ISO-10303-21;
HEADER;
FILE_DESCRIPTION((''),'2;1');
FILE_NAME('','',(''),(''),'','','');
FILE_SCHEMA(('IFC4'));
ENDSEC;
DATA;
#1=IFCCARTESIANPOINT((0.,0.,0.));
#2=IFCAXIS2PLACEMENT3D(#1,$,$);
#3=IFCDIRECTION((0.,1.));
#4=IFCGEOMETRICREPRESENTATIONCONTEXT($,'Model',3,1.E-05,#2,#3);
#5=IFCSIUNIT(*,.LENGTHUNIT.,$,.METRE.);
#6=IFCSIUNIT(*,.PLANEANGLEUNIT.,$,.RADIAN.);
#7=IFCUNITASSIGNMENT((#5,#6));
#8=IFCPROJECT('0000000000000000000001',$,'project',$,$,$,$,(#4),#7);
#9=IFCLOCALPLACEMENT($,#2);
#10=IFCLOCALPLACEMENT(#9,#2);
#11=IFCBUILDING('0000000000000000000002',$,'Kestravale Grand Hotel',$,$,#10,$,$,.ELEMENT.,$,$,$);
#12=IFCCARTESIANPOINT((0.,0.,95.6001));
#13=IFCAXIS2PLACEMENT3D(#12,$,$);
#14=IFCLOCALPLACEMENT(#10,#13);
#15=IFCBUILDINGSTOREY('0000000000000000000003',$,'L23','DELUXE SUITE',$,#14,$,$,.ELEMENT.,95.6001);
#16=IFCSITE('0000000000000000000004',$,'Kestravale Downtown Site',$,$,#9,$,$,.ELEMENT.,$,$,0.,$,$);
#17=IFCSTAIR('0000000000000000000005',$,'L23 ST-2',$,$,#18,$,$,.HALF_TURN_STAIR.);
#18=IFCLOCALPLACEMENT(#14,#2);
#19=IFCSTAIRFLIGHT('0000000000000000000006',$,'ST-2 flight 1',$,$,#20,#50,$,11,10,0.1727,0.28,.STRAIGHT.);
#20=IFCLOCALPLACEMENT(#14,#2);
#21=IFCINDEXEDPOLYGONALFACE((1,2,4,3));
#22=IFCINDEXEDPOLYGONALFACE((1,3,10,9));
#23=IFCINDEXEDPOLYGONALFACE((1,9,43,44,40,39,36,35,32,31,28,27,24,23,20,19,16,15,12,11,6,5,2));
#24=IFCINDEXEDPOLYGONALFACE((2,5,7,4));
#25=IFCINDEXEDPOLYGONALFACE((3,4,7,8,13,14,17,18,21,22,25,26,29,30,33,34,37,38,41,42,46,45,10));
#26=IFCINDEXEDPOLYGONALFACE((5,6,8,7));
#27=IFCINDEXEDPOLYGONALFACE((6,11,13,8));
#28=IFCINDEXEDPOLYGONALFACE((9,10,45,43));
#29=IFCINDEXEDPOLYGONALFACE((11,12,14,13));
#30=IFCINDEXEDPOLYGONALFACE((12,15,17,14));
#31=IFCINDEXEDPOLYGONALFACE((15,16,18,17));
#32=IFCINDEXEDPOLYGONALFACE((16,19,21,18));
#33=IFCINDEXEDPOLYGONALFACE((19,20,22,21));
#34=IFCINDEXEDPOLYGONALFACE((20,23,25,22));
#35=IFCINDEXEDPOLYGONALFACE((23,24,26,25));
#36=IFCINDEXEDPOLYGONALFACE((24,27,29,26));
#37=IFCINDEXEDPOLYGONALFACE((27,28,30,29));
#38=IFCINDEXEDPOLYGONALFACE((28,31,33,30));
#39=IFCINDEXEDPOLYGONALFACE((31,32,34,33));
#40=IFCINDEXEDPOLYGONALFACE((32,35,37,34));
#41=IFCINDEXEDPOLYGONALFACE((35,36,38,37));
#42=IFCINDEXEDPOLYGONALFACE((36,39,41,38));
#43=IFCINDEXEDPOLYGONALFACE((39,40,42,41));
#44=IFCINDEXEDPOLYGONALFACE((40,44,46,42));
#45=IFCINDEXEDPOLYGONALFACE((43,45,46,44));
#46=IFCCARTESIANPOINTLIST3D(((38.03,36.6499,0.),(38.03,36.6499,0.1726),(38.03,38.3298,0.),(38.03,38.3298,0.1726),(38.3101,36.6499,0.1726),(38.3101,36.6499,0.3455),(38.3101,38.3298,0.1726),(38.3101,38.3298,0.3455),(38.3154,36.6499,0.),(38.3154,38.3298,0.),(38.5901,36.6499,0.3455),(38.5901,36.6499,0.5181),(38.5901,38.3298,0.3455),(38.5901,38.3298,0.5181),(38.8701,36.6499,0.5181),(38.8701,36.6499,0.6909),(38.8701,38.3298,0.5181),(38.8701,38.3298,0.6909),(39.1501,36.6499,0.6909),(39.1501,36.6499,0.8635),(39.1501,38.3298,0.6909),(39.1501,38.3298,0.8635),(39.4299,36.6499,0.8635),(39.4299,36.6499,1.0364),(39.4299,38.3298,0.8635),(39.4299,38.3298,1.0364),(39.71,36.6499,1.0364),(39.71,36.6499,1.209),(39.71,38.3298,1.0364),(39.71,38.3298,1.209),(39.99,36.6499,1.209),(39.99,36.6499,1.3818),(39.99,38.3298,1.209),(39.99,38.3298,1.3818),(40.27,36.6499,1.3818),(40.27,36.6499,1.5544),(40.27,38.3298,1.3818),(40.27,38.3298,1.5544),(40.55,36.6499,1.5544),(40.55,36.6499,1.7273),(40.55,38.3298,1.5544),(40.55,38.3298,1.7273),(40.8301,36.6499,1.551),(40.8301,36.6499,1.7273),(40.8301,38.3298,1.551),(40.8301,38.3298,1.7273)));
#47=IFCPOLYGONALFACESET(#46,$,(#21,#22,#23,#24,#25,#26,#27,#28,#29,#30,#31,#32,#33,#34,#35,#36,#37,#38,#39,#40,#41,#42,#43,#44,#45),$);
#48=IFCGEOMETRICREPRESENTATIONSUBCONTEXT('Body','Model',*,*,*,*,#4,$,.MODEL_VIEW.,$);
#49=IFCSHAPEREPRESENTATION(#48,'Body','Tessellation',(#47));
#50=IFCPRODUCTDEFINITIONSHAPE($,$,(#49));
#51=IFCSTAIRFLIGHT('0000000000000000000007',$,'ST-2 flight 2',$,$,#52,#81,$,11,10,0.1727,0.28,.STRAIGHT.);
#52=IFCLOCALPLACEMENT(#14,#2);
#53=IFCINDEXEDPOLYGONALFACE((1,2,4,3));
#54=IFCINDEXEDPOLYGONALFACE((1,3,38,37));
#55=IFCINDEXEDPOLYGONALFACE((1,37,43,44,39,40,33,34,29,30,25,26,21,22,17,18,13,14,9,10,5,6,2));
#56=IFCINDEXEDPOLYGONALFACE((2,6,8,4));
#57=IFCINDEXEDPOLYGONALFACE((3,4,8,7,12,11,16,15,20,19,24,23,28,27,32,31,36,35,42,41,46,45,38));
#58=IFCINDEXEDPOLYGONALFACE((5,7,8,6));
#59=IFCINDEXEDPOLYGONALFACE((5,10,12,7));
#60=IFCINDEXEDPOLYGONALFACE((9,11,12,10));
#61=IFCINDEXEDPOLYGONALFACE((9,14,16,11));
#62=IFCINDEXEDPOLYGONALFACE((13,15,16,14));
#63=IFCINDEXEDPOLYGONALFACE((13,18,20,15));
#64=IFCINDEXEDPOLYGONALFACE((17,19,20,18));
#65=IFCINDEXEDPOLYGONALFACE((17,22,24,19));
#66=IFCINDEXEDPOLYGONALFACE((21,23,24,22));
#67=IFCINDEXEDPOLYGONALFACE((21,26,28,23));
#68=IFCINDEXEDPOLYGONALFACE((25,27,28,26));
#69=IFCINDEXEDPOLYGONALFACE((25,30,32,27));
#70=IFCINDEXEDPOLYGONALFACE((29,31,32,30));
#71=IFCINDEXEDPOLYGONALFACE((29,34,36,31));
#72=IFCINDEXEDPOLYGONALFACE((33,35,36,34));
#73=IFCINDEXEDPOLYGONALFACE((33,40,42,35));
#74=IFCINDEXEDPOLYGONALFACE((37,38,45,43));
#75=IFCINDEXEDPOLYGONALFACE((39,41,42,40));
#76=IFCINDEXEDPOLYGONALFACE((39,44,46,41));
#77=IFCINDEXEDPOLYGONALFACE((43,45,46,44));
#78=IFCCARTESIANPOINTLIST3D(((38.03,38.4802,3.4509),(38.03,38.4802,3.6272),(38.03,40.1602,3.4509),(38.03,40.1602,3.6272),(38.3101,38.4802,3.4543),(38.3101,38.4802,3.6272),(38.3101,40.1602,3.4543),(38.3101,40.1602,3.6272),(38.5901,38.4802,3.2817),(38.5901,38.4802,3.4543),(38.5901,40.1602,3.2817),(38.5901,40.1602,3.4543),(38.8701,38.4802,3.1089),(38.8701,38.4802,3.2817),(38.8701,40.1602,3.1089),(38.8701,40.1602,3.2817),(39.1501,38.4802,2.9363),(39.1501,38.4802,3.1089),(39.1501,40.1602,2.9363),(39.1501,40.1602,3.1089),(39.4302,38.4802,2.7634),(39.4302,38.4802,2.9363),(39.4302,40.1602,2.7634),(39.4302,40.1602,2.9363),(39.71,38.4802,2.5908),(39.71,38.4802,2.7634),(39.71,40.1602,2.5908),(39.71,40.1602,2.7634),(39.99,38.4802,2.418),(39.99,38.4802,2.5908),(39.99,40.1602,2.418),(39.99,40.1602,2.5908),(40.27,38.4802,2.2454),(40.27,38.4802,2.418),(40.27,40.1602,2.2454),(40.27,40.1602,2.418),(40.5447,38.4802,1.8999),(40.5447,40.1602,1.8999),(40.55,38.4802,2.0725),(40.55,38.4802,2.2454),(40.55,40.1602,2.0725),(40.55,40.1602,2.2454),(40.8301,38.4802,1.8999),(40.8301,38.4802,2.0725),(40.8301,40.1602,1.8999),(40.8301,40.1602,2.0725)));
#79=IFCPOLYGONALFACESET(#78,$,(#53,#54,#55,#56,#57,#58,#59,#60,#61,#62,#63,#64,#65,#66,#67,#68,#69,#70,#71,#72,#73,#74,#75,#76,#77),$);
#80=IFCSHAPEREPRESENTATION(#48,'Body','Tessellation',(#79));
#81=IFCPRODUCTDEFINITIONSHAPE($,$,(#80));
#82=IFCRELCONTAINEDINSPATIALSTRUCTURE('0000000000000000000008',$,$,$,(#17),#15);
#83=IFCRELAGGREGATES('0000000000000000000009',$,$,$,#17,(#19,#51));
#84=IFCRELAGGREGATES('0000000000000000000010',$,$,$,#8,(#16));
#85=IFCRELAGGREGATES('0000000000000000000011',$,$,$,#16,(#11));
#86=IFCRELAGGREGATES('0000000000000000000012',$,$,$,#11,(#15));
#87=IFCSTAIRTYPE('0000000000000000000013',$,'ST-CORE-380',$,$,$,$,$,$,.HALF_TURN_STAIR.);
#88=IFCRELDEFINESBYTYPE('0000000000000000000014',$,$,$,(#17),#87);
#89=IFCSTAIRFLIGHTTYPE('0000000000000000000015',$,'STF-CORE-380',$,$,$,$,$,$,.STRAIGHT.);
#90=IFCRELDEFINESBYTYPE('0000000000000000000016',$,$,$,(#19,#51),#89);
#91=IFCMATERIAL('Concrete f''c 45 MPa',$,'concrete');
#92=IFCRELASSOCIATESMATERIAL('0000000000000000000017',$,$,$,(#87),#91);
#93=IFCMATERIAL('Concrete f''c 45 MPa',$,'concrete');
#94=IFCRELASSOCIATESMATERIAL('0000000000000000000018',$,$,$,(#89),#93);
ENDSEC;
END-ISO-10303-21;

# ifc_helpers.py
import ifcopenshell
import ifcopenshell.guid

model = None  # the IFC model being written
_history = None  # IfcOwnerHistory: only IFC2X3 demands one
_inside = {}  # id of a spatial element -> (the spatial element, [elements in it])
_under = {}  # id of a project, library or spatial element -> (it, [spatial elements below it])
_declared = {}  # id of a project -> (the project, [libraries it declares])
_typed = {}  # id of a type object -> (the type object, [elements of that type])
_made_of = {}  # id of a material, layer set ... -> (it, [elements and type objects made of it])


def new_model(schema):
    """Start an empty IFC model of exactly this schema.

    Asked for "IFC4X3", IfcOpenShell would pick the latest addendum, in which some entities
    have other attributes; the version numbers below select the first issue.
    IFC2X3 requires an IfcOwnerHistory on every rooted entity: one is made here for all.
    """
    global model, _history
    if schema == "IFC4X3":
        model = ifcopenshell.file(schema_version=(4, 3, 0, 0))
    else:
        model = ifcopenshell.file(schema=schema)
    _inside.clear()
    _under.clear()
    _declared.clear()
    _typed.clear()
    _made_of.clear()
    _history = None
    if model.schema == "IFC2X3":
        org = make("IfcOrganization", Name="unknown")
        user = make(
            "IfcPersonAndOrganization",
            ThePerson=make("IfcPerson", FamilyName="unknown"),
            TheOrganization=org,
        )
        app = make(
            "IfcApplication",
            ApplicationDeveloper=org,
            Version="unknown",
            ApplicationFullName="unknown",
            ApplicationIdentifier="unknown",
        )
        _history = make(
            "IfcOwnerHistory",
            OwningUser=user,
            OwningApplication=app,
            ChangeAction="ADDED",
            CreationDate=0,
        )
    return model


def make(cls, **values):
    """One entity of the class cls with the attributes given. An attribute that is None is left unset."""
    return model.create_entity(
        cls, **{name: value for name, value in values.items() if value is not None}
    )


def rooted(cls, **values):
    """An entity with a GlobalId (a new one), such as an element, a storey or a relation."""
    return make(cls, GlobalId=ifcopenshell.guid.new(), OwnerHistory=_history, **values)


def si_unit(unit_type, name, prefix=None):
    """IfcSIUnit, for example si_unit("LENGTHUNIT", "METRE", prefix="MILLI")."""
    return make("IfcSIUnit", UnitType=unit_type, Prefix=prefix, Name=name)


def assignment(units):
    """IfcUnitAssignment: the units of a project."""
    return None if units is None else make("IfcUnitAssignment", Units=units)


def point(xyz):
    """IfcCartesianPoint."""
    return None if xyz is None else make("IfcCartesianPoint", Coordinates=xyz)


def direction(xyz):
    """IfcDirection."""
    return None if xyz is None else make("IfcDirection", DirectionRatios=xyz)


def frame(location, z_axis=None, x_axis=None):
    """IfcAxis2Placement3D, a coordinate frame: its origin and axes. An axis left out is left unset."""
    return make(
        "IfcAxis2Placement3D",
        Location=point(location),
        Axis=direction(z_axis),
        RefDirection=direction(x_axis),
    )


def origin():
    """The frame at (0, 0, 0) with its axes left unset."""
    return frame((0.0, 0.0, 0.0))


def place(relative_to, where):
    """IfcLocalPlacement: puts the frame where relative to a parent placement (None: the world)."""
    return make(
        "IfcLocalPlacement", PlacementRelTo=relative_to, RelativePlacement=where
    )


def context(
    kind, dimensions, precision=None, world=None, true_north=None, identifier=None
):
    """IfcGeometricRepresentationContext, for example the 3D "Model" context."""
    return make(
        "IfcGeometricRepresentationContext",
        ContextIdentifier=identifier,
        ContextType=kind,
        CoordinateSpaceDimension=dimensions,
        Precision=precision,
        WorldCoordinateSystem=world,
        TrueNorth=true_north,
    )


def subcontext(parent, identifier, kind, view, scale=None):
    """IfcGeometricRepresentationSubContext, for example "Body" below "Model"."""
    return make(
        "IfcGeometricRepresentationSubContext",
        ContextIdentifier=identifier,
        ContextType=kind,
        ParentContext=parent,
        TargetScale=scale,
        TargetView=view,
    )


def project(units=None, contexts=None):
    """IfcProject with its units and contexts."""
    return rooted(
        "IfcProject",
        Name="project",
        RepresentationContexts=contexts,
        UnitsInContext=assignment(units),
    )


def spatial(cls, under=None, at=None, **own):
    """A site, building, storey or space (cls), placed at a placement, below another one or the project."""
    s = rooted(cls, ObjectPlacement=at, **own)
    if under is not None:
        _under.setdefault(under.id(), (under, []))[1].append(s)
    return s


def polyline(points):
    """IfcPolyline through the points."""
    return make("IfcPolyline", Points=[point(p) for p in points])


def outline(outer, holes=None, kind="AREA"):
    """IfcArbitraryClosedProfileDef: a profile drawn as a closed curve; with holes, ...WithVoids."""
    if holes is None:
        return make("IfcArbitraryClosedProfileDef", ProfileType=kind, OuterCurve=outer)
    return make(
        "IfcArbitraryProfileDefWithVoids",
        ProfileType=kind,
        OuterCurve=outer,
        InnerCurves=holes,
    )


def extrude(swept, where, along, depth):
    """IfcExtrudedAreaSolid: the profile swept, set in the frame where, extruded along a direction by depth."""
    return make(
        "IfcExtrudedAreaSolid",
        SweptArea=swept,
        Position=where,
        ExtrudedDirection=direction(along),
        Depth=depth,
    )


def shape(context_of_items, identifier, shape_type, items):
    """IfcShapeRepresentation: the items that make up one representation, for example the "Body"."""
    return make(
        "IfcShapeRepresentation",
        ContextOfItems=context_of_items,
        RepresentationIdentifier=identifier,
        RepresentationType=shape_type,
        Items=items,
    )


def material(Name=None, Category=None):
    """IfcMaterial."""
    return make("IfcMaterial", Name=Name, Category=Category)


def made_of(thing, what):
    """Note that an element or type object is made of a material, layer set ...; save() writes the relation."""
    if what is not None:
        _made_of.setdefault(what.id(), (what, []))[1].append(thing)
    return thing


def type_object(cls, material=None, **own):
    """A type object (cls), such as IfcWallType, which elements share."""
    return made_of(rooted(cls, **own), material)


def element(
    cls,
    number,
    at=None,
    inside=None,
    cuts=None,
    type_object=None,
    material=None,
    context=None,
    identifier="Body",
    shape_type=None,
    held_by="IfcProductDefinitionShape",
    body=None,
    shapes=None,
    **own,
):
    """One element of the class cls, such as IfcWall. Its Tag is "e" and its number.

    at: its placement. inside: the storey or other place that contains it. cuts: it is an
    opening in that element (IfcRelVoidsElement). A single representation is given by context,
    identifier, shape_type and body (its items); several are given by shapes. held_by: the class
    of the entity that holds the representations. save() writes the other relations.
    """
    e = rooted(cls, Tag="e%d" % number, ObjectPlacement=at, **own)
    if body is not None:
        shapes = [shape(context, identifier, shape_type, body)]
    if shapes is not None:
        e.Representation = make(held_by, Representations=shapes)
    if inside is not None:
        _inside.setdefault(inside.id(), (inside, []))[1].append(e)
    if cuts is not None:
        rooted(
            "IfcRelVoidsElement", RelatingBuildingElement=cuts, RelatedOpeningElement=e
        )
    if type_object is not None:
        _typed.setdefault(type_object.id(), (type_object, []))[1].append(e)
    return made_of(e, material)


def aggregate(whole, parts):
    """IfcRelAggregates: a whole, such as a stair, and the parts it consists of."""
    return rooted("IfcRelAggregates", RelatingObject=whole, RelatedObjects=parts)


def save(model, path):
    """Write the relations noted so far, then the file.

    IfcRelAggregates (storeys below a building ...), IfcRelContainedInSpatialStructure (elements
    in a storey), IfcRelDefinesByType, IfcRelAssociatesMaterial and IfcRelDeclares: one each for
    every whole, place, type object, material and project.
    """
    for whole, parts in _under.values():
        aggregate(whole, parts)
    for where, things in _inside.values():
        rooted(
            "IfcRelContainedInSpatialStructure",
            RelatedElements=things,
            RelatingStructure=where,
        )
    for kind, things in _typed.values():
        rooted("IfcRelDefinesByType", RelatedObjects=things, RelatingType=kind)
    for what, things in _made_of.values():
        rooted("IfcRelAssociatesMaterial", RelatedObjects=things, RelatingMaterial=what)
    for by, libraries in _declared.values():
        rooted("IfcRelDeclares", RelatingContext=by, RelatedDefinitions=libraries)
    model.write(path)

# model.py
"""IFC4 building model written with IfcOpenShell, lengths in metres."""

from ifc_helpers import new_model, si_unit, direction, frame, origin, place, context, subcontext, project, spatial, polyline, outline, extrude, material, type_object, element, aggregate, save


model = new_model("IFC4")

# Units and contexts
model_context = context("Model", 3, precision=1e-05, world=origin(), true_north=direction((0.0, 1.0)))
body_context = subcontext(model_context, "Body", "Model", "MODEL_VIEW")
ifc_project = project(units=[si_unit("LENGTHUNIT", "METRE"), si_unit("PLANEANGLEUNIT", "RADIAN")], contexts=[model_context])

# Site, building, storey
site_placement = place(None, origin())
site = spatial("IfcSite", under=ifc_project, at=site_placement, Name="Kestravale Downtown Site", CompositionType="ELEMENT", RefElevation=0.0)
building_placement = place(site_placement, origin())
building = spatial("IfcBuilding", under=site, at=building_placement, Name="Kestravale Grand Hotel", CompositionType="ELEMENT")
storey_placement = place(building_placement, frame((0.0, 0.0, 95.6001)))
storey = spatial("IfcBuildingStorey", under=building, at=storey_placement, Name="L23", Description="DELUXE SUITE", CompositionType="ELEMENT", Elevation=95.6001)

# Stair, stair flights
ifc_material_1 = material(Name="Concrete f'c 45 MPa", Category="concrete")
stair_type = type_object("IfcStairType", Name="ST-CORE-380", PredefinedType="HALF_TURN_STAIR", material=ifc_material_1)
stair_placement = place(storey_placement, origin())
stair = element("IfcStair", 1, at=stair_placement, inside=storey, type_object=stair_type, Name="L23 ST-2", PredefinedType="HALF_TURN_STAIR")
ifc_material_2 = material(Name="Concrete f'c 45 MPa", Category="concrete")
stair_flight_type = type_object("IfcStairFlightType", Name="STF-CORE-380", PredefinedType="STRAIGHT", material=ifc_material_2)
stair_flight_1_placement = place(storey_placement, frame((38.03, 37.49, 0.0), z_axis=(0.0, 0.0, 1.0), x_axis=(1.0, 0.0, 0.0)))
stair_flight_1 = element("IfcStairFlight", 2, at=stair_flight_1_placement, type_object=stair_flight_type, Name="ST-2 flight 1", NumberOfRisers=11, NumberOfTreads=10, PredefinedType="STRAIGHT", RiserHeight=0.1727, TreadLength=0.28, context=body_context, shape_type="SweptSolid", body=[
    extrude(outline(polyline([(0.0, 0.0), (0.0, 0.1726), (0.28, 0.1726), (0.28, 0.3455), (0.5601, 0.3455), (0.5601, 0.5181), (0.8401, 0.5181), (0.8401, 0.6909), (1.1201, 0.6909), (1.1201, 0.8635), (1.3999, 0.8635), (1.3999, 1.0364), (1.6799, 1.0364), (1.6799, 1.209), (1.96, 1.209), (1.96, 1.3818), (2.24, 1.3818), (2.24, 1.5544), (2.52, 1.5544), (2.52, 1.7273), (2.8, 1.7273), (2.8, 1.8999), (2.8, 1.551), (0.2854, 0.0), (0.0, 0.0)])), frame((0.0, 0.8398, 0.0), z_axis=(0.0, -1.0, 0.0), x_axis=(1.0, 0.0, 0.0)), (0.0, 0.0, 1.0), 1.6799),
])
stair_flight_2_placement = place(storey_placement, frame((40.8301, 39.3201, 1.8999), z_axis=(0.0, 0.0, 1.0), x_axis=(-1.0, 0.0, 0.0)))
stair_flight_2 = element("IfcStairFlight", 3, at=stair_flight_2_placement, type_object=stair_flight_type, Name="ST-2 flight 2", NumberOfRisers=11, NumberOfTreads=10, PredefinedType="STRAIGHT", RiserHeight=0.1727, TreadLength=0.28, context=body_context, shape_type="SweptSolid", body=[
    extrude(outline(polyline([(0.0, 0.0), (0.0, 0.1726), (0.28, 0.1726), (0.28, 0.3455), (0.5601, 0.3455), (0.5601, 0.5181), (0.8401, 0.5181), (0.8401, 0.6909), (1.1201, 0.6909), (1.1201, 0.8635), (1.3999, 0.8635), (1.3999, 1.0364), (1.6799, 1.0364), (1.6799, 1.209), (1.96, 1.209), (1.96, 1.3818), (2.24, 1.3818), (2.24, 1.5544), (2.52, 1.5544), (2.52, 1.7273), (2.8, 1.7273), (2.8, 1.8999), (2.8, 1.551), (0.2854, 0.0), (0.0, 0.0)])), frame((0.0, 0.8398, 0.0), z_axis=(0.0, -1.0, 0.0), x_axis=(1.0, 0.0, 0.0)), (0.0, 0.0, 1.0), 1.6799),
])
aggregate(stair, [stair_flight_1, stair_flight_2])

save(model, "model.ifc")
